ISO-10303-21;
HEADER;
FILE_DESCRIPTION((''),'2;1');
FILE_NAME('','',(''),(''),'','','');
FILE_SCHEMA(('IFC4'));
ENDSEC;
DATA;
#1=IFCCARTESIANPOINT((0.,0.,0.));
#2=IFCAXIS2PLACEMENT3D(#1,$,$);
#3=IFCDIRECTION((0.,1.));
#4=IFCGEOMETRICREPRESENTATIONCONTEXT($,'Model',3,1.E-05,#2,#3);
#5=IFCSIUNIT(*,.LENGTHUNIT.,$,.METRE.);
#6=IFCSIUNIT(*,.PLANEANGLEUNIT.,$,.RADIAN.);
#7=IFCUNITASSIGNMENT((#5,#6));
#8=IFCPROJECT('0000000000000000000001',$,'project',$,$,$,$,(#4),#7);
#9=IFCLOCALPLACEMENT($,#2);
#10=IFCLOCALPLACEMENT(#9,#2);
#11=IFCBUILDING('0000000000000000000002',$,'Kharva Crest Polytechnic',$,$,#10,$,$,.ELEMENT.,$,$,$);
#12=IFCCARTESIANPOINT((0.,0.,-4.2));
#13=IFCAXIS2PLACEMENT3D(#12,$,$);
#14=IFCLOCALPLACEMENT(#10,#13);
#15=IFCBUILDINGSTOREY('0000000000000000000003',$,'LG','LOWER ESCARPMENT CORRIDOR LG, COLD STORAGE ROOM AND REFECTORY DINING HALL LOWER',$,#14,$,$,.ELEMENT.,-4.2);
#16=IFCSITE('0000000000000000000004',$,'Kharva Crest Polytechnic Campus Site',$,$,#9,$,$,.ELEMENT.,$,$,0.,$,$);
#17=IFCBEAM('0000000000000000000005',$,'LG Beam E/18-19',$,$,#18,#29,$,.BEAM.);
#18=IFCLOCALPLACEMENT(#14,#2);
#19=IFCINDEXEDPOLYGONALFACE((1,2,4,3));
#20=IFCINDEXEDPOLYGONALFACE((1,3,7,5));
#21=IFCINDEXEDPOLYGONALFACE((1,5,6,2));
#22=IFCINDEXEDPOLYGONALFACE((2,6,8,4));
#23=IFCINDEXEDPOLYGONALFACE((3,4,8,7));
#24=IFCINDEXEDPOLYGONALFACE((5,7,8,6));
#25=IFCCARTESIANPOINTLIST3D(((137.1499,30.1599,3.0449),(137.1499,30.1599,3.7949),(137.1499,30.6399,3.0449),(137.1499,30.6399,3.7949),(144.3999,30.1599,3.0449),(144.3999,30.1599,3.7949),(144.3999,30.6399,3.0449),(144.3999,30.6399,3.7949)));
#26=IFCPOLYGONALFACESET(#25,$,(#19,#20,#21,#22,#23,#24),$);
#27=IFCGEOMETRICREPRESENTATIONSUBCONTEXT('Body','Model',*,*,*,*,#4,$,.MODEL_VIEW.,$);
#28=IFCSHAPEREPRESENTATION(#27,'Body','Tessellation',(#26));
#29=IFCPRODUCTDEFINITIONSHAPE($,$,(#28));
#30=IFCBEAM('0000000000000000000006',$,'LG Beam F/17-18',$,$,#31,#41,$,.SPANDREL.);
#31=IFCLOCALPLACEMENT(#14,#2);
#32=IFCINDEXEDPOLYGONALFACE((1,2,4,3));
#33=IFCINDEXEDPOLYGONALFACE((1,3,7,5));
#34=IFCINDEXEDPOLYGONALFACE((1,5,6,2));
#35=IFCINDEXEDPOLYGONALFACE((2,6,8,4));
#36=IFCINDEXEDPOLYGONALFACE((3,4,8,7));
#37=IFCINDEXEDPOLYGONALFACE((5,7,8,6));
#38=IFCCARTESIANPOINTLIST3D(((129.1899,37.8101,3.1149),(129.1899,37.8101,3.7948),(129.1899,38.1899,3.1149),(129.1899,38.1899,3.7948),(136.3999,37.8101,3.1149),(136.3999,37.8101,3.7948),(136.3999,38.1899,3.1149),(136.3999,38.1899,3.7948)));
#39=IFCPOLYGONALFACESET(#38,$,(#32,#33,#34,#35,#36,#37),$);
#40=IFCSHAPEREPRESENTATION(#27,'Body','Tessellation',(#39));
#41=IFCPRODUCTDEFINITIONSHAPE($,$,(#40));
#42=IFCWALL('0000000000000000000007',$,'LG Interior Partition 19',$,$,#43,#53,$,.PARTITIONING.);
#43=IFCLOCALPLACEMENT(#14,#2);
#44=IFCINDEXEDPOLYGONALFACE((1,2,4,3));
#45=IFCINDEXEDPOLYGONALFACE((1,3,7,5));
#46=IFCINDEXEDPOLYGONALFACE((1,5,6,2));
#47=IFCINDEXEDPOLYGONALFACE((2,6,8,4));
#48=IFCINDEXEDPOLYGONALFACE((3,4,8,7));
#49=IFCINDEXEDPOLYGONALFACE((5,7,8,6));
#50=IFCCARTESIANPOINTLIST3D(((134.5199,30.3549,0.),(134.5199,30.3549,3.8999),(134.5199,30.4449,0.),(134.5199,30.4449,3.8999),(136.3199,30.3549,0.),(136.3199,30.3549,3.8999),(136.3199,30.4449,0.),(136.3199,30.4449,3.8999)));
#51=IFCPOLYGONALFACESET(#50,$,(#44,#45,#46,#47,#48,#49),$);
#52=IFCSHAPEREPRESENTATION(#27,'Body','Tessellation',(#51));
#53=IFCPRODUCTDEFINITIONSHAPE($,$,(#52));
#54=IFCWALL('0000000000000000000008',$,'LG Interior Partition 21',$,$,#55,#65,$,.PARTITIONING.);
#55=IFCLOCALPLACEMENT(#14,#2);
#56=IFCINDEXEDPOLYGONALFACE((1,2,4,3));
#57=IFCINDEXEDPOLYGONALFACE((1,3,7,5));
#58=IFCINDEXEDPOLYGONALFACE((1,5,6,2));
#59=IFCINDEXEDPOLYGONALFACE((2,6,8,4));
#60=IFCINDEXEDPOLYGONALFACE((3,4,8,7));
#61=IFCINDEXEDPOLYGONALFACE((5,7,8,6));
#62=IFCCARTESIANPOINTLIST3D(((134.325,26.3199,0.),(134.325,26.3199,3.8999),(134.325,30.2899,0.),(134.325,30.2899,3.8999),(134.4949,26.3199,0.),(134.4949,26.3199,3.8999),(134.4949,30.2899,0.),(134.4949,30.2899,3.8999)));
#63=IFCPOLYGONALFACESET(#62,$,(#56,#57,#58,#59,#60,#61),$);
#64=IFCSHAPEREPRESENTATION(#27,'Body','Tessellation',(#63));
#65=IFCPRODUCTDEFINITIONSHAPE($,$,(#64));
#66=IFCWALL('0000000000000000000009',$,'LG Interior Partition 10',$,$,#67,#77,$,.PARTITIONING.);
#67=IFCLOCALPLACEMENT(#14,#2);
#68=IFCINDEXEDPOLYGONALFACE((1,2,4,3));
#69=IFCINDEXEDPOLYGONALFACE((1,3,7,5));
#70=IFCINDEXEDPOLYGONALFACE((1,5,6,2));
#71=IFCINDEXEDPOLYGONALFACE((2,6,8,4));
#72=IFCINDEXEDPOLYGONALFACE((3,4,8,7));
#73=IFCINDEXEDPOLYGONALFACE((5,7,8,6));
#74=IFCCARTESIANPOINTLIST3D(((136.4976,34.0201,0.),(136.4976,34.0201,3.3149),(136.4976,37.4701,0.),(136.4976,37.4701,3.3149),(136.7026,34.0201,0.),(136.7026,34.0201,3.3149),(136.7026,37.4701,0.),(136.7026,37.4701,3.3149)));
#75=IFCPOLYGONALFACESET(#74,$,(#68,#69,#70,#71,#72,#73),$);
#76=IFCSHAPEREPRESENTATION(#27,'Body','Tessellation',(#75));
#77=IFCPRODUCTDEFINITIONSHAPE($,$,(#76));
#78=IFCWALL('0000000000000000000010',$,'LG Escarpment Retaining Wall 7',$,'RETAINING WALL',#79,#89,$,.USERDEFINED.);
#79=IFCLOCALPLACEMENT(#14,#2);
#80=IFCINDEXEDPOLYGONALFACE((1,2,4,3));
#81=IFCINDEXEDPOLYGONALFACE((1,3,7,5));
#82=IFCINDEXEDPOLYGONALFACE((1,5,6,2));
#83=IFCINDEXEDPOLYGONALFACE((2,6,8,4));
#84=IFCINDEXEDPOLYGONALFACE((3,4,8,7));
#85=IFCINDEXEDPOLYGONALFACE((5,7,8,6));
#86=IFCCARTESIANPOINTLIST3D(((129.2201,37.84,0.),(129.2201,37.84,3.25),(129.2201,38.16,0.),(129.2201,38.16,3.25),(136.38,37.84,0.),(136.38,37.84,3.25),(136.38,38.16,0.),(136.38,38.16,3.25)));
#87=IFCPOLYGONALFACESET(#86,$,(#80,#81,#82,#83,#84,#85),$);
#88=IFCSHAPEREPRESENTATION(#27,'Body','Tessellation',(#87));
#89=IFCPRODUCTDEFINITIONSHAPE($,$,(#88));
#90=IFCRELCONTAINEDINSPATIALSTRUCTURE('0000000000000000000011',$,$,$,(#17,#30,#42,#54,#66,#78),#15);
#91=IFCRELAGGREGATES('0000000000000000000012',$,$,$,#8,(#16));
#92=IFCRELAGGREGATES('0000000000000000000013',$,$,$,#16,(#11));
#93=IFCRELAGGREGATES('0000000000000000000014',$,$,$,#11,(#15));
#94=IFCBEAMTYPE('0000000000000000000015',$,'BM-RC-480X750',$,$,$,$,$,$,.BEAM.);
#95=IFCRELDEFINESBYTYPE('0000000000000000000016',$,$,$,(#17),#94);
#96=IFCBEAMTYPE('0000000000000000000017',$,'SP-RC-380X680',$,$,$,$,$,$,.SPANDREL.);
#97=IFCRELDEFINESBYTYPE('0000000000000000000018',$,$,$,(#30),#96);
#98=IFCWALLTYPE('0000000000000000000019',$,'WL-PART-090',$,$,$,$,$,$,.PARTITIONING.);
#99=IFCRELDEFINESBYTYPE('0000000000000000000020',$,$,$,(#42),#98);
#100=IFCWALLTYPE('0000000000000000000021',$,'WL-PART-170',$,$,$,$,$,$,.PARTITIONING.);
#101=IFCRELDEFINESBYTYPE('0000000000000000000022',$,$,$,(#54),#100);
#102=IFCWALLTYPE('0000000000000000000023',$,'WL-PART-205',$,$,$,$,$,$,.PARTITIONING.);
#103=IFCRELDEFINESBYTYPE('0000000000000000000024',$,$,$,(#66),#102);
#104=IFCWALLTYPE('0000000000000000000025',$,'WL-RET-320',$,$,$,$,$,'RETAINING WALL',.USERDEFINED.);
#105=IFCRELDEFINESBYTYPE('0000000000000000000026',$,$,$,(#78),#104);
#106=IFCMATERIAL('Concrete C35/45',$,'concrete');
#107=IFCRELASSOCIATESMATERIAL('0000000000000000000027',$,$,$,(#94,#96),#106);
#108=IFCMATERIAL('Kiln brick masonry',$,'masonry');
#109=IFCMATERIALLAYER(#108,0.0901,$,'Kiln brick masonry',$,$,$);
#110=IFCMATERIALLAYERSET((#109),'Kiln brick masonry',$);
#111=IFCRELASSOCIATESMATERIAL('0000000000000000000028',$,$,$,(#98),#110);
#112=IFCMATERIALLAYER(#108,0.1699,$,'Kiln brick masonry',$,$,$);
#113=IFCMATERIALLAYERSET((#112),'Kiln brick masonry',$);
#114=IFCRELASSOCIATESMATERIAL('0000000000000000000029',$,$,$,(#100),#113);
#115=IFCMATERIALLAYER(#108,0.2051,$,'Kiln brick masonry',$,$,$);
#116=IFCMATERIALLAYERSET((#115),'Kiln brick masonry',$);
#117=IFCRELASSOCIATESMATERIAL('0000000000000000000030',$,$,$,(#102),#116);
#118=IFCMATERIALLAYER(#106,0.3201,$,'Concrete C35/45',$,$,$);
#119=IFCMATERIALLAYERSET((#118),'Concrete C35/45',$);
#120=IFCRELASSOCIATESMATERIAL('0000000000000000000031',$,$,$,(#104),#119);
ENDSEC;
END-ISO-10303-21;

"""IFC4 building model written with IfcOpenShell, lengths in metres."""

from ifc_helpers import new_model, si_unit, direction, frame, frame_2d, origin, origin_2d, place, context, subcontext, project, spatial, rectangle, extrude, material, layer, layer_set, material_profile, profile_set, type_object, element, save


model = new_model("IFC4")

# Units and contexts
model_context = context("Model", 3, precision=1e-05, world=origin(), true_north=direction((0.0, 1.0)))
body_context = subcontext(model_context, "Body", "Model", "MODEL_VIEW")
ifc_project = project(units=[si_unit("LENGTHUNIT", "METRE"), si_unit("PLANEANGLEUNIT", "RADIAN")], contexts=[model_context])

# Site, building, storey
site_placement = place(None, origin())
site = spatial("IfcSite", under=ifc_project, at=site_placement, Name="Kharva Crest Polytechnic Campus Site", CompositionType="ELEMENT", RefElevation=0.0)
building_placement = place(site_placement, origin())
building = spatial("IfcBuilding", under=site, at=building_placement, Name="Kharva Crest Polytechnic", CompositionType="ELEMENT")
storey_placement = place(building_placement, frame((0.0, 0.0, -4.2)))
storey = spatial("IfcBuildingStorey", under=building, at=storey_placement, Name="LG", Description="LOWER ESCARPMENT CORRIDOR LG, COLD STORAGE ROOM AND REFECTORY DINING HALL LOWER", CompositionType="ELEMENT", Elevation=-4.2)

# Shared definitions
ifc_material_1 = material(Name="Concrete C35/45", Category="concrete")

# Beams
ifc_material_profile_1 = material_profile(ifc_material_1, rectangle(XDim=0.48, YDim=0.75, at=origin_2d()), Name="RECT 480 X 750")
ifc_profile_set_1 = profile_set([ifc_material_profile_1], Name="Concrete C35/45")
beam_type_1 = type_object("IfcBeamType", Name="BM-RC-480X750", PredefinedType="BEAM", material=ifc_profile_set_1)
beam_1_placement = place(storey_placement, frame((137.1499, 30.3999, 3.4199), z_axis=(1.0, 0.0, 0.0), x_axis=(0.0, 1.0, 0.0)))
element("IfcBeam", 1, at=beam_1_placement, inside=storey, type_object=beam_type_1, Name="LG Beam E/18-19", PredefinedType="BEAM", context=body_context, shape_type="SweptSolid", body=[
    extrude(rectangle(XDim=0.48, YDim=0.75, at=origin_2d()), origin(), (0.0, 0.0, 1.0), 7.25),
])
ifc_material_profile_2 = material_profile(ifc_material_1, rectangle(XDim=0.3799, YDim=0.6799, at=origin_2d()), Name="RECT 380 X 680")
ifc_profile_set_2 = profile_set([ifc_material_profile_2], Name="Concrete C35/45")
beam_type_2 = type_object("IfcBeamType", Name="SP-RC-380X680", PredefinedType="SPANDREL", material=ifc_profile_set_2)
beam_2_placement = place(storey_placement, frame((129.1899, 38.0, 3.4548), z_axis=(1.0, 0.0, 0.0), x_axis=(0.0, 1.0, 0.0)))
element("IfcBeam", 2, at=beam_2_placement, inside=storey, type_object=beam_type_2, Name="LG Beam F/17-18", PredefinedType="SPANDREL", context=body_context, shape_type="SweptSolid", body=[
    extrude(rectangle(XDim=0.3799, YDim=0.6799, at=origin_2d()), origin(), (0.0, 0.0, 1.0), 7.21),
])

# Walls
ifc_material_2 = material(Name="Kiln brick masonry", Category="masonry")
ifc_layer_1 = layer(ifc_material_2, 0.0901, Name="Kiln brick masonry")
ifc_layer_set_1 = layer_set([ifc_layer_1], Name="Kiln brick masonry")
wall_type_1 = type_object("IfcWallType", Name="WL-PART-090", PredefinedType="PARTITIONING", material=ifc_layer_set_1)
wall_1_placement = place(storey_placement, frame((134.52, 30.3999, 0.0), z_axis=(0.0, 0.0, 1.0), x_axis=(1.0, 0.0, 0.0)))
element("IfcWall", 3, at=wall_1_placement, inside=storey, type_object=wall_type_1, Name="LG Interior Partition 19", PredefinedType="PARTITIONING", context=body_context, shape_type="SweptSolid", body=[
    extrude(rectangle(XDim=1.8, YDim=0.0901, at=frame_2d((0.8999, 0.0))), origin(), (0.0, 0.0, 1.0), 3.8999),
])
ifc_layer_2 = layer(ifc_material_2, 0.1699, Name="Kiln brick masonry")
ifc_layer_set_2 = layer_set([ifc_layer_2], Name="Kiln brick masonry")
wall_type_2 = type_object("IfcWallType", Name="WL-PART-170", PredefinedType="PARTITIONING", material=ifc_layer_set_2)
wall_2_placement = place(storey_placement, frame((134.4099, 26.3201, 0.0), z_axis=(0.0, 0.0, 1.0), x_axis=(0.0, 1.0, 0.0)))
element("IfcWall", 4, at=wall_2_placement, inside=storey, type_object=wall_type_2, Name="LG Interior Partition 21", PredefinedType="PARTITIONING", context=body_context, shape_type="SweptSolid", body=[
    extrude(rectangle(XDim=3.97, YDim=0.1699, at=frame_2d((1.9849, 0.0))), origin(), (0.0, 0.0, 1.0), 3.8999),
])
ifc_layer_3 = layer(ifc_material_2, 0.2051, Name="Kiln brick masonry")
ifc_layer_set_3 = layer_set([ifc_layer_3], Name="Kiln brick masonry")
wall_type_3 = type_object("IfcWallType", Name="WL-PART-205", PredefinedType="PARTITIONING", material=ifc_layer_set_3)
wall_3_placement = place(storey_placement, frame((136.6001, 34.02, 0.0), z_axis=(0.0, 0.0, 1.0), x_axis=(0.0, 1.0, 0.0)))
element("IfcWall", 5, at=wall_3_placement, inside=storey, type_object=wall_type_3, Name="LG Interior Partition 10", PredefinedType="PARTITIONING", context=body_context, shape_type="SweptSolid", body=[
    extrude(rectangle(XDim=3.45, YDim=0.2051, at=frame_2d((1.7251, 0.0))), origin(), (0.0, 0.0, 1.0), 3.3149),
])
ifc_layer_4 = layer(ifc_material_1, 0.3201, Name="Concrete C35/45")
ifc_layer_set_4 = layer_set([ifc_layer_4], Name="Concrete C35/45")
wall_type_4 = type_object("IfcWallType", Name="WL-RET-320", ElementType="RETAINING WALL", PredefinedType="USERDEFINED", material=ifc_layer_set_4)
wall_4_placement = place(storey_placement, frame((129.22, 38.0, 0.0), z_axis=(0.0, 0.0, 1.0), x_axis=(1.0, 0.0, 0.0)))
element("IfcWall", 6, at=wall_4_placement, inside=storey, type_object=wall_type_4, Name="LG Escarpment Retaining Wall 7", ObjectType="RETAINING WALL", PredefinedType="USERDEFINED", context=body_context, shape_type="SweptSolid", body=[
    extrude(rectangle(XDim=7.1599, YDim=0.3201, at=frame_2d((3.5801, 0.0))), origin(), (0.0, 0.0, 1.0), 3.25),
])

save(model, "model.ifc")
